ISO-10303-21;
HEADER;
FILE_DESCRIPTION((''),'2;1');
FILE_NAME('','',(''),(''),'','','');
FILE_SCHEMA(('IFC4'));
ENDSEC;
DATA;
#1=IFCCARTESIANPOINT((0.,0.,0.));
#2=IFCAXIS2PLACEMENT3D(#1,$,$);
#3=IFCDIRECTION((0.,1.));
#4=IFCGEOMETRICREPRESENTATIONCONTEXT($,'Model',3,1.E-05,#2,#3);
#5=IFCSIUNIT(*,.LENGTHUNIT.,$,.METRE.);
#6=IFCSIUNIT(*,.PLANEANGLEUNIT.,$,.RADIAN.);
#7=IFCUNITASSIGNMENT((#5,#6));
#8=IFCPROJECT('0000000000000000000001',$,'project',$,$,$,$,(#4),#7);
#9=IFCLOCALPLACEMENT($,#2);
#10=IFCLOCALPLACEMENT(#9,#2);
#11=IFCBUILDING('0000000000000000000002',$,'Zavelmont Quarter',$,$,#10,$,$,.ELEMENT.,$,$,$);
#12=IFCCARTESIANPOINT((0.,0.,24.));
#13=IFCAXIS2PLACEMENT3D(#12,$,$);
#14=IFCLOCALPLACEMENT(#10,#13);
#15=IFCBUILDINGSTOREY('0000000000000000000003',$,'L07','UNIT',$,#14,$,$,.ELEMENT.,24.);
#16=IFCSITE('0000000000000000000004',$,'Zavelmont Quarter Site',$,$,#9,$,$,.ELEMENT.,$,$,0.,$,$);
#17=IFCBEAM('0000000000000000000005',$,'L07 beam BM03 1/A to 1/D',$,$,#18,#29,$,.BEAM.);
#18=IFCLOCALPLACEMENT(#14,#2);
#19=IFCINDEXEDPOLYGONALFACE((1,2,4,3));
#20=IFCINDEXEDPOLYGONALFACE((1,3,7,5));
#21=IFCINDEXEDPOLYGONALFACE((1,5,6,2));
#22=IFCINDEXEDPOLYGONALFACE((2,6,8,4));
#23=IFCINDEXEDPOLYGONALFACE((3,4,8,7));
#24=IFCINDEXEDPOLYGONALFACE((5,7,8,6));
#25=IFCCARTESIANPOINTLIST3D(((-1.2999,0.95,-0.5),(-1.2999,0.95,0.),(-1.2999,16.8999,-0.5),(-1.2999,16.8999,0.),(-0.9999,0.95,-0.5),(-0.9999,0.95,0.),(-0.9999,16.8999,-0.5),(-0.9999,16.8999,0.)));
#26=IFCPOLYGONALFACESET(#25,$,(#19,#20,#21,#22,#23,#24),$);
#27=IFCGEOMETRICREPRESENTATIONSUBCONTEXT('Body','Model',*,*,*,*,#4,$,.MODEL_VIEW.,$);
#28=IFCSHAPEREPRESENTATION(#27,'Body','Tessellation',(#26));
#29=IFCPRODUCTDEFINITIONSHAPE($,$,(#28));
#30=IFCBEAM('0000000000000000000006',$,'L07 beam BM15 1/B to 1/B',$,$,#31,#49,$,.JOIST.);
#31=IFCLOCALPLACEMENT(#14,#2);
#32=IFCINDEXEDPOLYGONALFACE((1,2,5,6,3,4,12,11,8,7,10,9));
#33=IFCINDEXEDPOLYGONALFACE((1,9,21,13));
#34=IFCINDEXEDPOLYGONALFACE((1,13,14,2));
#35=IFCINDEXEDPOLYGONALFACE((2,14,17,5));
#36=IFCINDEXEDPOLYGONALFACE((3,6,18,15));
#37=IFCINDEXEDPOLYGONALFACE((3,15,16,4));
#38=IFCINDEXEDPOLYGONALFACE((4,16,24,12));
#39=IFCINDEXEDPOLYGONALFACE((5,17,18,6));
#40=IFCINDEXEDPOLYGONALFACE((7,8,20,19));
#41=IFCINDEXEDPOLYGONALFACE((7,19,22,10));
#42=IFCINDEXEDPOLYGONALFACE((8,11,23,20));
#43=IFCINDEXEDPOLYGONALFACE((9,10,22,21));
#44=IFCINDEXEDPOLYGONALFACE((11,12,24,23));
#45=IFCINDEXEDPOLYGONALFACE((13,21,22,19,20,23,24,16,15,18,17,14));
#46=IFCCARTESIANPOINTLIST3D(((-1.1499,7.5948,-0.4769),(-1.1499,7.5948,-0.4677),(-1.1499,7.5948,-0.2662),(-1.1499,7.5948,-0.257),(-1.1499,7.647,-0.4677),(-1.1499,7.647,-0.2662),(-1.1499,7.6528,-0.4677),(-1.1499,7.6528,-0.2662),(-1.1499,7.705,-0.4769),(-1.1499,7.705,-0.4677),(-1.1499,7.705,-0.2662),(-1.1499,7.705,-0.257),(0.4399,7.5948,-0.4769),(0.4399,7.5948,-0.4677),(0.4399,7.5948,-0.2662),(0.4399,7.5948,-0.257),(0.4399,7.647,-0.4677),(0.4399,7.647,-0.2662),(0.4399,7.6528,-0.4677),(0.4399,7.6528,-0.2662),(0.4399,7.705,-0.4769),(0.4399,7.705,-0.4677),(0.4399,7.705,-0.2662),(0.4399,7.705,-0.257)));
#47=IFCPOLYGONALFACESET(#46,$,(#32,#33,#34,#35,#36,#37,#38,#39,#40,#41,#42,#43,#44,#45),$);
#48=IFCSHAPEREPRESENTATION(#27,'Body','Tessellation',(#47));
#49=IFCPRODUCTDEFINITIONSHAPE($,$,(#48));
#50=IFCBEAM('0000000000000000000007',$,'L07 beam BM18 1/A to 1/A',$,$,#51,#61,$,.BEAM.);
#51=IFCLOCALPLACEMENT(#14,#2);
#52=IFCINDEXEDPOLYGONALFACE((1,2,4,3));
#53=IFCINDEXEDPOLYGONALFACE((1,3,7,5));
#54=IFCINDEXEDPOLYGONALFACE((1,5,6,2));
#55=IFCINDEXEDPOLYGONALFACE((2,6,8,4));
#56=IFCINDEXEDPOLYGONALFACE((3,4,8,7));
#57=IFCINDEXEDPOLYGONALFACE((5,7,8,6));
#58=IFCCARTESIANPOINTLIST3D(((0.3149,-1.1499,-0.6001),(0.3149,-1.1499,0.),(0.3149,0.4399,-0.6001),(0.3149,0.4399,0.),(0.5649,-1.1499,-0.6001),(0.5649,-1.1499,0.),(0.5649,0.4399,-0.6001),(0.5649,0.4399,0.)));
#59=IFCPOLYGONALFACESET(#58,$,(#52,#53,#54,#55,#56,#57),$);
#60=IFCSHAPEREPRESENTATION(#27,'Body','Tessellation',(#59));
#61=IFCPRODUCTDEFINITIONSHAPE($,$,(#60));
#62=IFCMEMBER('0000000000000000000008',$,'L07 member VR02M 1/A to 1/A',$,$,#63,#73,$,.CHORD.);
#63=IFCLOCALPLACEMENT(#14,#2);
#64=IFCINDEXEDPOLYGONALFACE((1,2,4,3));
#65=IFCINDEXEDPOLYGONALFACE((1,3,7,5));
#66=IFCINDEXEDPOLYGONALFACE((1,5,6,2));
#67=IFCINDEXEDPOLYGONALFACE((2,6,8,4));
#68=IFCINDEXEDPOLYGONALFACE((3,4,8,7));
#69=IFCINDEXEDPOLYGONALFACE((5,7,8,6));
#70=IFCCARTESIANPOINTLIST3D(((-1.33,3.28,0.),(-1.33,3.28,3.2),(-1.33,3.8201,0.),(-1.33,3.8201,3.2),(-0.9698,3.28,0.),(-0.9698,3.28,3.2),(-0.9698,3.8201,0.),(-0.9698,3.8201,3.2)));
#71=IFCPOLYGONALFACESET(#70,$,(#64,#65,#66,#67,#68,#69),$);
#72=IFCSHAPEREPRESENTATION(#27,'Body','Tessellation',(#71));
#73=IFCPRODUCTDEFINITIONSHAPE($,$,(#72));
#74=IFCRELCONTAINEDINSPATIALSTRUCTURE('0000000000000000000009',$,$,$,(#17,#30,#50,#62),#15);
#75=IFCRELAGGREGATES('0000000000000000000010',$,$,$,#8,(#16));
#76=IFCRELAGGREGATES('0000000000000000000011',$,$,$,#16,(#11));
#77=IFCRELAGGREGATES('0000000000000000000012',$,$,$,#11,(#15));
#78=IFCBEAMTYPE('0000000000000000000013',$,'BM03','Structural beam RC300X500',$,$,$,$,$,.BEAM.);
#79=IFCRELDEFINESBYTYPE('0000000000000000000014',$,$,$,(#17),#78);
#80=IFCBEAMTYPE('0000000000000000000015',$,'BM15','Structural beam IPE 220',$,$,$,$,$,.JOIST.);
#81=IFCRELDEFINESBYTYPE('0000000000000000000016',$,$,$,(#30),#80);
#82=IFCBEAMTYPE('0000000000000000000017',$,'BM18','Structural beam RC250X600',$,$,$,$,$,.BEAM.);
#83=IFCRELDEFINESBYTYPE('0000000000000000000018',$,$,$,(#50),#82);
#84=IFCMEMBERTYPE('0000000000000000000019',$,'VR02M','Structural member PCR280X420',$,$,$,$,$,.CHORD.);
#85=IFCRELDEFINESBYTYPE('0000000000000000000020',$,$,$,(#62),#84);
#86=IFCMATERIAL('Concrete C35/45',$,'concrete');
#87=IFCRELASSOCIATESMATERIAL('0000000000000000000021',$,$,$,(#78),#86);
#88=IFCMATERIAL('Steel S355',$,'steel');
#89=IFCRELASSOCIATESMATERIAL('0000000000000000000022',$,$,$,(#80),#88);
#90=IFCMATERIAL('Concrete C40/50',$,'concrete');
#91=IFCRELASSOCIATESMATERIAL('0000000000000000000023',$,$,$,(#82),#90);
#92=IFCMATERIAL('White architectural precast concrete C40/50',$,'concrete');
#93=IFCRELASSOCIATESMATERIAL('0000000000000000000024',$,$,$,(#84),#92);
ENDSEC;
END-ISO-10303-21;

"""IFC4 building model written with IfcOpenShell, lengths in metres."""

from ifc_helpers import new_model, si_unit, direction, frame, origin, origin_2d, place, context, subcontext, project, spatial, rectangle, i_section, extrude, material, material_profile, profile_set, type_object, element, save


model = new_model("IFC4")

# Units and contexts
model_context = context("Model", 3, precision=1e-05, world=origin(), true_north=direction((0.0, 1.0)))
body_context = subcontext(model_context, "Body", "Model", "MODEL_VIEW")
ifc_project = project(units=[si_unit("LENGTHUNIT", "METRE"), si_unit("PLANEANGLEUNIT", "RADIAN")], contexts=[model_context])

# Site, building, storey
site_placement = place(None, origin())
site = spatial("IfcSite", under=ifc_project, at=site_placement, Name="Zavelmont Quarter Site", CompositionType="ELEMENT", RefElevation=0.0)
building_placement = place(site_placement, origin())
building = spatial("IfcBuilding", under=site, at=building_placement, Name="Zavelmont Quarter", CompositionType="ELEMENT")
storey_placement = place(building_placement, frame((0.0, 0.0, 24.0)))
storey = spatial("IfcBuildingStorey", under=building, at=storey_placement, Name="L07", Description="UNIT", CompositionType="ELEMENT", Elevation=24.0)

# Beams
ifc_material_1 = material(Name="Concrete C35/45", Category="concrete")
ifc_material_profile_1 = material_profile(ifc_material_1, rectangle(XDim=0.3, YDim=0.5, at=origin_2d()), Name="RC300X500")
ifc_profile_set_1 = profile_set([ifc_material_profile_1], Name="Concrete C35/45")
beam_type_1 = type_object("IfcBeamType", Name="BM03", Description="Structural beam RC300X500", PredefinedType="BEAM", material=ifc_profile_set_1)
beam_1_placement = place(storey_placement, frame((-1.1499, 0.95, -0.25), z_axis=(0.0, 1.0, 0.0), x_axis=(-1.0, 0.0, 0.0)))
element("IfcBeam", 1, at=beam_1_placement, inside=storey, type_object=beam_type_1, Name="L07 beam BM03 1/A to 1/D", PredefinedType="BEAM", context=body_context, shape_type="SweptSolid", body=[
    extrude(rectangle(XDim=0.3, YDim=0.5, at=origin_2d()), origin(), (0.0, 0.0, 1.0), 15.95),
])
ifc_material_2 = material(Name="Steel S355", Category="steel")
ifc_material_profile_2 = material_profile(ifc_material_2, i_section(OverallWidth=0.1101, OverallDepth=0.22, WebThickness=0.0059, FlangeThickness=0.0093, at=origin_2d()), Name="IPE 220")
ifc_profile_set_2 = profile_set([ifc_material_profile_2], Name="Steel S355")
beam_type_2 = type_object("IfcBeamType", Name="BM15", Description="Structural beam IPE 220", PredefinedType="JOIST", material=ifc_profile_set_2)
beam_2_placement = place(storey_placement, frame((0.4399, 7.6499, -0.3669), z_axis=(-1.0, 0.0, 0.0), x_axis=(0.0, -1.0, 0.0)))
element("IfcBeam", 2, at=beam_2_placement, inside=storey, type_object=beam_type_2, Name="L07 beam BM15 1/B to 1/B", PredefinedType="JOIST", context=body_context, shape_type="SweptSolid", body=[
    extrude(i_section(OverallWidth=0.1101, OverallDepth=0.22, WebThickness=0.0059, FlangeThickness=0.0093, at=origin_2d()), origin(), (0.0, 0.0, 1.0), 1.5898),
])
ifc_material_3 = material(Name="Concrete C40/50", Category="concrete")
ifc_material_profile_3 = material_profile(ifc_material_3, rectangle(XDim=0.25, YDim=0.6001, at=origin_2d()), Name="RC250X600")
ifc_profile_set_3 = profile_set([ifc_material_profile_3], Name="Concrete C40/50")
beam_type_3 = type_object("IfcBeamType", Name="BM18", Description="Structural beam RC250X600", PredefinedType="BEAM", material=ifc_profile_set_3)
beam_3_placement = place(storey_placement, frame((0.4399, 0.4399, -0.3), z_axis=(0.0, -1.0, 0.0), x_axis=(1.0, 0.0, 0.0)))
element("IfcBeam", 3, at=beam_3_placement, inside=storey, type_object=beam_type_3, Name="L07 beam BM18 1/A to 1/A", PredefinedType="BEAM", context=body_context, shape_type="SweptSolid", body=[
    extrude(rectangle(XDim=0.25, YDim=0.6001, at=origin_2d()), origin(), (0.0, 0.0, 1.0), 1.5898),
])

# Member
ifc_material_4 = material(Name="White architectural precast concrete C40/50", Category="concrete")
ifc_material_profile_4 = material_profile(ifc_material_4, rectangle(XDim=0.3601, YDim=0.54, at=origin_2d()), Name="PCR280X420")
ifc_profile_set_4 = profile_set([ifc_material_profile_4], Name="White architectural precast concrete C40/50")
member_type = type_object("IfcMemberType", Name="VR02M", Description="Structural member PCR280X420", PredefinedType="CHORD", material=ifc_profile_set_4)
member_placement = place(storey_placement, frame((-1.1499, 3.55, 0.0), z_axis=(0.0, 0.0, 1.0), x_axis=(1.0, 0.0, 0.0)))
element("IfcMember", 4, at=member_placement, inside=storey, type_object=member_type, Name="L07 member VR02M 1/A to 1/A", PredefinedType="CHORD", context=body_context, shape_type="SweptSolid", body=[
    extrude(rectangle(XDim=0.3601, YDim=0.54, at=origin_2d()), origin(), (0.0, 0.0, 1.0), 3.2),
])

save(model, "model.ifc")
